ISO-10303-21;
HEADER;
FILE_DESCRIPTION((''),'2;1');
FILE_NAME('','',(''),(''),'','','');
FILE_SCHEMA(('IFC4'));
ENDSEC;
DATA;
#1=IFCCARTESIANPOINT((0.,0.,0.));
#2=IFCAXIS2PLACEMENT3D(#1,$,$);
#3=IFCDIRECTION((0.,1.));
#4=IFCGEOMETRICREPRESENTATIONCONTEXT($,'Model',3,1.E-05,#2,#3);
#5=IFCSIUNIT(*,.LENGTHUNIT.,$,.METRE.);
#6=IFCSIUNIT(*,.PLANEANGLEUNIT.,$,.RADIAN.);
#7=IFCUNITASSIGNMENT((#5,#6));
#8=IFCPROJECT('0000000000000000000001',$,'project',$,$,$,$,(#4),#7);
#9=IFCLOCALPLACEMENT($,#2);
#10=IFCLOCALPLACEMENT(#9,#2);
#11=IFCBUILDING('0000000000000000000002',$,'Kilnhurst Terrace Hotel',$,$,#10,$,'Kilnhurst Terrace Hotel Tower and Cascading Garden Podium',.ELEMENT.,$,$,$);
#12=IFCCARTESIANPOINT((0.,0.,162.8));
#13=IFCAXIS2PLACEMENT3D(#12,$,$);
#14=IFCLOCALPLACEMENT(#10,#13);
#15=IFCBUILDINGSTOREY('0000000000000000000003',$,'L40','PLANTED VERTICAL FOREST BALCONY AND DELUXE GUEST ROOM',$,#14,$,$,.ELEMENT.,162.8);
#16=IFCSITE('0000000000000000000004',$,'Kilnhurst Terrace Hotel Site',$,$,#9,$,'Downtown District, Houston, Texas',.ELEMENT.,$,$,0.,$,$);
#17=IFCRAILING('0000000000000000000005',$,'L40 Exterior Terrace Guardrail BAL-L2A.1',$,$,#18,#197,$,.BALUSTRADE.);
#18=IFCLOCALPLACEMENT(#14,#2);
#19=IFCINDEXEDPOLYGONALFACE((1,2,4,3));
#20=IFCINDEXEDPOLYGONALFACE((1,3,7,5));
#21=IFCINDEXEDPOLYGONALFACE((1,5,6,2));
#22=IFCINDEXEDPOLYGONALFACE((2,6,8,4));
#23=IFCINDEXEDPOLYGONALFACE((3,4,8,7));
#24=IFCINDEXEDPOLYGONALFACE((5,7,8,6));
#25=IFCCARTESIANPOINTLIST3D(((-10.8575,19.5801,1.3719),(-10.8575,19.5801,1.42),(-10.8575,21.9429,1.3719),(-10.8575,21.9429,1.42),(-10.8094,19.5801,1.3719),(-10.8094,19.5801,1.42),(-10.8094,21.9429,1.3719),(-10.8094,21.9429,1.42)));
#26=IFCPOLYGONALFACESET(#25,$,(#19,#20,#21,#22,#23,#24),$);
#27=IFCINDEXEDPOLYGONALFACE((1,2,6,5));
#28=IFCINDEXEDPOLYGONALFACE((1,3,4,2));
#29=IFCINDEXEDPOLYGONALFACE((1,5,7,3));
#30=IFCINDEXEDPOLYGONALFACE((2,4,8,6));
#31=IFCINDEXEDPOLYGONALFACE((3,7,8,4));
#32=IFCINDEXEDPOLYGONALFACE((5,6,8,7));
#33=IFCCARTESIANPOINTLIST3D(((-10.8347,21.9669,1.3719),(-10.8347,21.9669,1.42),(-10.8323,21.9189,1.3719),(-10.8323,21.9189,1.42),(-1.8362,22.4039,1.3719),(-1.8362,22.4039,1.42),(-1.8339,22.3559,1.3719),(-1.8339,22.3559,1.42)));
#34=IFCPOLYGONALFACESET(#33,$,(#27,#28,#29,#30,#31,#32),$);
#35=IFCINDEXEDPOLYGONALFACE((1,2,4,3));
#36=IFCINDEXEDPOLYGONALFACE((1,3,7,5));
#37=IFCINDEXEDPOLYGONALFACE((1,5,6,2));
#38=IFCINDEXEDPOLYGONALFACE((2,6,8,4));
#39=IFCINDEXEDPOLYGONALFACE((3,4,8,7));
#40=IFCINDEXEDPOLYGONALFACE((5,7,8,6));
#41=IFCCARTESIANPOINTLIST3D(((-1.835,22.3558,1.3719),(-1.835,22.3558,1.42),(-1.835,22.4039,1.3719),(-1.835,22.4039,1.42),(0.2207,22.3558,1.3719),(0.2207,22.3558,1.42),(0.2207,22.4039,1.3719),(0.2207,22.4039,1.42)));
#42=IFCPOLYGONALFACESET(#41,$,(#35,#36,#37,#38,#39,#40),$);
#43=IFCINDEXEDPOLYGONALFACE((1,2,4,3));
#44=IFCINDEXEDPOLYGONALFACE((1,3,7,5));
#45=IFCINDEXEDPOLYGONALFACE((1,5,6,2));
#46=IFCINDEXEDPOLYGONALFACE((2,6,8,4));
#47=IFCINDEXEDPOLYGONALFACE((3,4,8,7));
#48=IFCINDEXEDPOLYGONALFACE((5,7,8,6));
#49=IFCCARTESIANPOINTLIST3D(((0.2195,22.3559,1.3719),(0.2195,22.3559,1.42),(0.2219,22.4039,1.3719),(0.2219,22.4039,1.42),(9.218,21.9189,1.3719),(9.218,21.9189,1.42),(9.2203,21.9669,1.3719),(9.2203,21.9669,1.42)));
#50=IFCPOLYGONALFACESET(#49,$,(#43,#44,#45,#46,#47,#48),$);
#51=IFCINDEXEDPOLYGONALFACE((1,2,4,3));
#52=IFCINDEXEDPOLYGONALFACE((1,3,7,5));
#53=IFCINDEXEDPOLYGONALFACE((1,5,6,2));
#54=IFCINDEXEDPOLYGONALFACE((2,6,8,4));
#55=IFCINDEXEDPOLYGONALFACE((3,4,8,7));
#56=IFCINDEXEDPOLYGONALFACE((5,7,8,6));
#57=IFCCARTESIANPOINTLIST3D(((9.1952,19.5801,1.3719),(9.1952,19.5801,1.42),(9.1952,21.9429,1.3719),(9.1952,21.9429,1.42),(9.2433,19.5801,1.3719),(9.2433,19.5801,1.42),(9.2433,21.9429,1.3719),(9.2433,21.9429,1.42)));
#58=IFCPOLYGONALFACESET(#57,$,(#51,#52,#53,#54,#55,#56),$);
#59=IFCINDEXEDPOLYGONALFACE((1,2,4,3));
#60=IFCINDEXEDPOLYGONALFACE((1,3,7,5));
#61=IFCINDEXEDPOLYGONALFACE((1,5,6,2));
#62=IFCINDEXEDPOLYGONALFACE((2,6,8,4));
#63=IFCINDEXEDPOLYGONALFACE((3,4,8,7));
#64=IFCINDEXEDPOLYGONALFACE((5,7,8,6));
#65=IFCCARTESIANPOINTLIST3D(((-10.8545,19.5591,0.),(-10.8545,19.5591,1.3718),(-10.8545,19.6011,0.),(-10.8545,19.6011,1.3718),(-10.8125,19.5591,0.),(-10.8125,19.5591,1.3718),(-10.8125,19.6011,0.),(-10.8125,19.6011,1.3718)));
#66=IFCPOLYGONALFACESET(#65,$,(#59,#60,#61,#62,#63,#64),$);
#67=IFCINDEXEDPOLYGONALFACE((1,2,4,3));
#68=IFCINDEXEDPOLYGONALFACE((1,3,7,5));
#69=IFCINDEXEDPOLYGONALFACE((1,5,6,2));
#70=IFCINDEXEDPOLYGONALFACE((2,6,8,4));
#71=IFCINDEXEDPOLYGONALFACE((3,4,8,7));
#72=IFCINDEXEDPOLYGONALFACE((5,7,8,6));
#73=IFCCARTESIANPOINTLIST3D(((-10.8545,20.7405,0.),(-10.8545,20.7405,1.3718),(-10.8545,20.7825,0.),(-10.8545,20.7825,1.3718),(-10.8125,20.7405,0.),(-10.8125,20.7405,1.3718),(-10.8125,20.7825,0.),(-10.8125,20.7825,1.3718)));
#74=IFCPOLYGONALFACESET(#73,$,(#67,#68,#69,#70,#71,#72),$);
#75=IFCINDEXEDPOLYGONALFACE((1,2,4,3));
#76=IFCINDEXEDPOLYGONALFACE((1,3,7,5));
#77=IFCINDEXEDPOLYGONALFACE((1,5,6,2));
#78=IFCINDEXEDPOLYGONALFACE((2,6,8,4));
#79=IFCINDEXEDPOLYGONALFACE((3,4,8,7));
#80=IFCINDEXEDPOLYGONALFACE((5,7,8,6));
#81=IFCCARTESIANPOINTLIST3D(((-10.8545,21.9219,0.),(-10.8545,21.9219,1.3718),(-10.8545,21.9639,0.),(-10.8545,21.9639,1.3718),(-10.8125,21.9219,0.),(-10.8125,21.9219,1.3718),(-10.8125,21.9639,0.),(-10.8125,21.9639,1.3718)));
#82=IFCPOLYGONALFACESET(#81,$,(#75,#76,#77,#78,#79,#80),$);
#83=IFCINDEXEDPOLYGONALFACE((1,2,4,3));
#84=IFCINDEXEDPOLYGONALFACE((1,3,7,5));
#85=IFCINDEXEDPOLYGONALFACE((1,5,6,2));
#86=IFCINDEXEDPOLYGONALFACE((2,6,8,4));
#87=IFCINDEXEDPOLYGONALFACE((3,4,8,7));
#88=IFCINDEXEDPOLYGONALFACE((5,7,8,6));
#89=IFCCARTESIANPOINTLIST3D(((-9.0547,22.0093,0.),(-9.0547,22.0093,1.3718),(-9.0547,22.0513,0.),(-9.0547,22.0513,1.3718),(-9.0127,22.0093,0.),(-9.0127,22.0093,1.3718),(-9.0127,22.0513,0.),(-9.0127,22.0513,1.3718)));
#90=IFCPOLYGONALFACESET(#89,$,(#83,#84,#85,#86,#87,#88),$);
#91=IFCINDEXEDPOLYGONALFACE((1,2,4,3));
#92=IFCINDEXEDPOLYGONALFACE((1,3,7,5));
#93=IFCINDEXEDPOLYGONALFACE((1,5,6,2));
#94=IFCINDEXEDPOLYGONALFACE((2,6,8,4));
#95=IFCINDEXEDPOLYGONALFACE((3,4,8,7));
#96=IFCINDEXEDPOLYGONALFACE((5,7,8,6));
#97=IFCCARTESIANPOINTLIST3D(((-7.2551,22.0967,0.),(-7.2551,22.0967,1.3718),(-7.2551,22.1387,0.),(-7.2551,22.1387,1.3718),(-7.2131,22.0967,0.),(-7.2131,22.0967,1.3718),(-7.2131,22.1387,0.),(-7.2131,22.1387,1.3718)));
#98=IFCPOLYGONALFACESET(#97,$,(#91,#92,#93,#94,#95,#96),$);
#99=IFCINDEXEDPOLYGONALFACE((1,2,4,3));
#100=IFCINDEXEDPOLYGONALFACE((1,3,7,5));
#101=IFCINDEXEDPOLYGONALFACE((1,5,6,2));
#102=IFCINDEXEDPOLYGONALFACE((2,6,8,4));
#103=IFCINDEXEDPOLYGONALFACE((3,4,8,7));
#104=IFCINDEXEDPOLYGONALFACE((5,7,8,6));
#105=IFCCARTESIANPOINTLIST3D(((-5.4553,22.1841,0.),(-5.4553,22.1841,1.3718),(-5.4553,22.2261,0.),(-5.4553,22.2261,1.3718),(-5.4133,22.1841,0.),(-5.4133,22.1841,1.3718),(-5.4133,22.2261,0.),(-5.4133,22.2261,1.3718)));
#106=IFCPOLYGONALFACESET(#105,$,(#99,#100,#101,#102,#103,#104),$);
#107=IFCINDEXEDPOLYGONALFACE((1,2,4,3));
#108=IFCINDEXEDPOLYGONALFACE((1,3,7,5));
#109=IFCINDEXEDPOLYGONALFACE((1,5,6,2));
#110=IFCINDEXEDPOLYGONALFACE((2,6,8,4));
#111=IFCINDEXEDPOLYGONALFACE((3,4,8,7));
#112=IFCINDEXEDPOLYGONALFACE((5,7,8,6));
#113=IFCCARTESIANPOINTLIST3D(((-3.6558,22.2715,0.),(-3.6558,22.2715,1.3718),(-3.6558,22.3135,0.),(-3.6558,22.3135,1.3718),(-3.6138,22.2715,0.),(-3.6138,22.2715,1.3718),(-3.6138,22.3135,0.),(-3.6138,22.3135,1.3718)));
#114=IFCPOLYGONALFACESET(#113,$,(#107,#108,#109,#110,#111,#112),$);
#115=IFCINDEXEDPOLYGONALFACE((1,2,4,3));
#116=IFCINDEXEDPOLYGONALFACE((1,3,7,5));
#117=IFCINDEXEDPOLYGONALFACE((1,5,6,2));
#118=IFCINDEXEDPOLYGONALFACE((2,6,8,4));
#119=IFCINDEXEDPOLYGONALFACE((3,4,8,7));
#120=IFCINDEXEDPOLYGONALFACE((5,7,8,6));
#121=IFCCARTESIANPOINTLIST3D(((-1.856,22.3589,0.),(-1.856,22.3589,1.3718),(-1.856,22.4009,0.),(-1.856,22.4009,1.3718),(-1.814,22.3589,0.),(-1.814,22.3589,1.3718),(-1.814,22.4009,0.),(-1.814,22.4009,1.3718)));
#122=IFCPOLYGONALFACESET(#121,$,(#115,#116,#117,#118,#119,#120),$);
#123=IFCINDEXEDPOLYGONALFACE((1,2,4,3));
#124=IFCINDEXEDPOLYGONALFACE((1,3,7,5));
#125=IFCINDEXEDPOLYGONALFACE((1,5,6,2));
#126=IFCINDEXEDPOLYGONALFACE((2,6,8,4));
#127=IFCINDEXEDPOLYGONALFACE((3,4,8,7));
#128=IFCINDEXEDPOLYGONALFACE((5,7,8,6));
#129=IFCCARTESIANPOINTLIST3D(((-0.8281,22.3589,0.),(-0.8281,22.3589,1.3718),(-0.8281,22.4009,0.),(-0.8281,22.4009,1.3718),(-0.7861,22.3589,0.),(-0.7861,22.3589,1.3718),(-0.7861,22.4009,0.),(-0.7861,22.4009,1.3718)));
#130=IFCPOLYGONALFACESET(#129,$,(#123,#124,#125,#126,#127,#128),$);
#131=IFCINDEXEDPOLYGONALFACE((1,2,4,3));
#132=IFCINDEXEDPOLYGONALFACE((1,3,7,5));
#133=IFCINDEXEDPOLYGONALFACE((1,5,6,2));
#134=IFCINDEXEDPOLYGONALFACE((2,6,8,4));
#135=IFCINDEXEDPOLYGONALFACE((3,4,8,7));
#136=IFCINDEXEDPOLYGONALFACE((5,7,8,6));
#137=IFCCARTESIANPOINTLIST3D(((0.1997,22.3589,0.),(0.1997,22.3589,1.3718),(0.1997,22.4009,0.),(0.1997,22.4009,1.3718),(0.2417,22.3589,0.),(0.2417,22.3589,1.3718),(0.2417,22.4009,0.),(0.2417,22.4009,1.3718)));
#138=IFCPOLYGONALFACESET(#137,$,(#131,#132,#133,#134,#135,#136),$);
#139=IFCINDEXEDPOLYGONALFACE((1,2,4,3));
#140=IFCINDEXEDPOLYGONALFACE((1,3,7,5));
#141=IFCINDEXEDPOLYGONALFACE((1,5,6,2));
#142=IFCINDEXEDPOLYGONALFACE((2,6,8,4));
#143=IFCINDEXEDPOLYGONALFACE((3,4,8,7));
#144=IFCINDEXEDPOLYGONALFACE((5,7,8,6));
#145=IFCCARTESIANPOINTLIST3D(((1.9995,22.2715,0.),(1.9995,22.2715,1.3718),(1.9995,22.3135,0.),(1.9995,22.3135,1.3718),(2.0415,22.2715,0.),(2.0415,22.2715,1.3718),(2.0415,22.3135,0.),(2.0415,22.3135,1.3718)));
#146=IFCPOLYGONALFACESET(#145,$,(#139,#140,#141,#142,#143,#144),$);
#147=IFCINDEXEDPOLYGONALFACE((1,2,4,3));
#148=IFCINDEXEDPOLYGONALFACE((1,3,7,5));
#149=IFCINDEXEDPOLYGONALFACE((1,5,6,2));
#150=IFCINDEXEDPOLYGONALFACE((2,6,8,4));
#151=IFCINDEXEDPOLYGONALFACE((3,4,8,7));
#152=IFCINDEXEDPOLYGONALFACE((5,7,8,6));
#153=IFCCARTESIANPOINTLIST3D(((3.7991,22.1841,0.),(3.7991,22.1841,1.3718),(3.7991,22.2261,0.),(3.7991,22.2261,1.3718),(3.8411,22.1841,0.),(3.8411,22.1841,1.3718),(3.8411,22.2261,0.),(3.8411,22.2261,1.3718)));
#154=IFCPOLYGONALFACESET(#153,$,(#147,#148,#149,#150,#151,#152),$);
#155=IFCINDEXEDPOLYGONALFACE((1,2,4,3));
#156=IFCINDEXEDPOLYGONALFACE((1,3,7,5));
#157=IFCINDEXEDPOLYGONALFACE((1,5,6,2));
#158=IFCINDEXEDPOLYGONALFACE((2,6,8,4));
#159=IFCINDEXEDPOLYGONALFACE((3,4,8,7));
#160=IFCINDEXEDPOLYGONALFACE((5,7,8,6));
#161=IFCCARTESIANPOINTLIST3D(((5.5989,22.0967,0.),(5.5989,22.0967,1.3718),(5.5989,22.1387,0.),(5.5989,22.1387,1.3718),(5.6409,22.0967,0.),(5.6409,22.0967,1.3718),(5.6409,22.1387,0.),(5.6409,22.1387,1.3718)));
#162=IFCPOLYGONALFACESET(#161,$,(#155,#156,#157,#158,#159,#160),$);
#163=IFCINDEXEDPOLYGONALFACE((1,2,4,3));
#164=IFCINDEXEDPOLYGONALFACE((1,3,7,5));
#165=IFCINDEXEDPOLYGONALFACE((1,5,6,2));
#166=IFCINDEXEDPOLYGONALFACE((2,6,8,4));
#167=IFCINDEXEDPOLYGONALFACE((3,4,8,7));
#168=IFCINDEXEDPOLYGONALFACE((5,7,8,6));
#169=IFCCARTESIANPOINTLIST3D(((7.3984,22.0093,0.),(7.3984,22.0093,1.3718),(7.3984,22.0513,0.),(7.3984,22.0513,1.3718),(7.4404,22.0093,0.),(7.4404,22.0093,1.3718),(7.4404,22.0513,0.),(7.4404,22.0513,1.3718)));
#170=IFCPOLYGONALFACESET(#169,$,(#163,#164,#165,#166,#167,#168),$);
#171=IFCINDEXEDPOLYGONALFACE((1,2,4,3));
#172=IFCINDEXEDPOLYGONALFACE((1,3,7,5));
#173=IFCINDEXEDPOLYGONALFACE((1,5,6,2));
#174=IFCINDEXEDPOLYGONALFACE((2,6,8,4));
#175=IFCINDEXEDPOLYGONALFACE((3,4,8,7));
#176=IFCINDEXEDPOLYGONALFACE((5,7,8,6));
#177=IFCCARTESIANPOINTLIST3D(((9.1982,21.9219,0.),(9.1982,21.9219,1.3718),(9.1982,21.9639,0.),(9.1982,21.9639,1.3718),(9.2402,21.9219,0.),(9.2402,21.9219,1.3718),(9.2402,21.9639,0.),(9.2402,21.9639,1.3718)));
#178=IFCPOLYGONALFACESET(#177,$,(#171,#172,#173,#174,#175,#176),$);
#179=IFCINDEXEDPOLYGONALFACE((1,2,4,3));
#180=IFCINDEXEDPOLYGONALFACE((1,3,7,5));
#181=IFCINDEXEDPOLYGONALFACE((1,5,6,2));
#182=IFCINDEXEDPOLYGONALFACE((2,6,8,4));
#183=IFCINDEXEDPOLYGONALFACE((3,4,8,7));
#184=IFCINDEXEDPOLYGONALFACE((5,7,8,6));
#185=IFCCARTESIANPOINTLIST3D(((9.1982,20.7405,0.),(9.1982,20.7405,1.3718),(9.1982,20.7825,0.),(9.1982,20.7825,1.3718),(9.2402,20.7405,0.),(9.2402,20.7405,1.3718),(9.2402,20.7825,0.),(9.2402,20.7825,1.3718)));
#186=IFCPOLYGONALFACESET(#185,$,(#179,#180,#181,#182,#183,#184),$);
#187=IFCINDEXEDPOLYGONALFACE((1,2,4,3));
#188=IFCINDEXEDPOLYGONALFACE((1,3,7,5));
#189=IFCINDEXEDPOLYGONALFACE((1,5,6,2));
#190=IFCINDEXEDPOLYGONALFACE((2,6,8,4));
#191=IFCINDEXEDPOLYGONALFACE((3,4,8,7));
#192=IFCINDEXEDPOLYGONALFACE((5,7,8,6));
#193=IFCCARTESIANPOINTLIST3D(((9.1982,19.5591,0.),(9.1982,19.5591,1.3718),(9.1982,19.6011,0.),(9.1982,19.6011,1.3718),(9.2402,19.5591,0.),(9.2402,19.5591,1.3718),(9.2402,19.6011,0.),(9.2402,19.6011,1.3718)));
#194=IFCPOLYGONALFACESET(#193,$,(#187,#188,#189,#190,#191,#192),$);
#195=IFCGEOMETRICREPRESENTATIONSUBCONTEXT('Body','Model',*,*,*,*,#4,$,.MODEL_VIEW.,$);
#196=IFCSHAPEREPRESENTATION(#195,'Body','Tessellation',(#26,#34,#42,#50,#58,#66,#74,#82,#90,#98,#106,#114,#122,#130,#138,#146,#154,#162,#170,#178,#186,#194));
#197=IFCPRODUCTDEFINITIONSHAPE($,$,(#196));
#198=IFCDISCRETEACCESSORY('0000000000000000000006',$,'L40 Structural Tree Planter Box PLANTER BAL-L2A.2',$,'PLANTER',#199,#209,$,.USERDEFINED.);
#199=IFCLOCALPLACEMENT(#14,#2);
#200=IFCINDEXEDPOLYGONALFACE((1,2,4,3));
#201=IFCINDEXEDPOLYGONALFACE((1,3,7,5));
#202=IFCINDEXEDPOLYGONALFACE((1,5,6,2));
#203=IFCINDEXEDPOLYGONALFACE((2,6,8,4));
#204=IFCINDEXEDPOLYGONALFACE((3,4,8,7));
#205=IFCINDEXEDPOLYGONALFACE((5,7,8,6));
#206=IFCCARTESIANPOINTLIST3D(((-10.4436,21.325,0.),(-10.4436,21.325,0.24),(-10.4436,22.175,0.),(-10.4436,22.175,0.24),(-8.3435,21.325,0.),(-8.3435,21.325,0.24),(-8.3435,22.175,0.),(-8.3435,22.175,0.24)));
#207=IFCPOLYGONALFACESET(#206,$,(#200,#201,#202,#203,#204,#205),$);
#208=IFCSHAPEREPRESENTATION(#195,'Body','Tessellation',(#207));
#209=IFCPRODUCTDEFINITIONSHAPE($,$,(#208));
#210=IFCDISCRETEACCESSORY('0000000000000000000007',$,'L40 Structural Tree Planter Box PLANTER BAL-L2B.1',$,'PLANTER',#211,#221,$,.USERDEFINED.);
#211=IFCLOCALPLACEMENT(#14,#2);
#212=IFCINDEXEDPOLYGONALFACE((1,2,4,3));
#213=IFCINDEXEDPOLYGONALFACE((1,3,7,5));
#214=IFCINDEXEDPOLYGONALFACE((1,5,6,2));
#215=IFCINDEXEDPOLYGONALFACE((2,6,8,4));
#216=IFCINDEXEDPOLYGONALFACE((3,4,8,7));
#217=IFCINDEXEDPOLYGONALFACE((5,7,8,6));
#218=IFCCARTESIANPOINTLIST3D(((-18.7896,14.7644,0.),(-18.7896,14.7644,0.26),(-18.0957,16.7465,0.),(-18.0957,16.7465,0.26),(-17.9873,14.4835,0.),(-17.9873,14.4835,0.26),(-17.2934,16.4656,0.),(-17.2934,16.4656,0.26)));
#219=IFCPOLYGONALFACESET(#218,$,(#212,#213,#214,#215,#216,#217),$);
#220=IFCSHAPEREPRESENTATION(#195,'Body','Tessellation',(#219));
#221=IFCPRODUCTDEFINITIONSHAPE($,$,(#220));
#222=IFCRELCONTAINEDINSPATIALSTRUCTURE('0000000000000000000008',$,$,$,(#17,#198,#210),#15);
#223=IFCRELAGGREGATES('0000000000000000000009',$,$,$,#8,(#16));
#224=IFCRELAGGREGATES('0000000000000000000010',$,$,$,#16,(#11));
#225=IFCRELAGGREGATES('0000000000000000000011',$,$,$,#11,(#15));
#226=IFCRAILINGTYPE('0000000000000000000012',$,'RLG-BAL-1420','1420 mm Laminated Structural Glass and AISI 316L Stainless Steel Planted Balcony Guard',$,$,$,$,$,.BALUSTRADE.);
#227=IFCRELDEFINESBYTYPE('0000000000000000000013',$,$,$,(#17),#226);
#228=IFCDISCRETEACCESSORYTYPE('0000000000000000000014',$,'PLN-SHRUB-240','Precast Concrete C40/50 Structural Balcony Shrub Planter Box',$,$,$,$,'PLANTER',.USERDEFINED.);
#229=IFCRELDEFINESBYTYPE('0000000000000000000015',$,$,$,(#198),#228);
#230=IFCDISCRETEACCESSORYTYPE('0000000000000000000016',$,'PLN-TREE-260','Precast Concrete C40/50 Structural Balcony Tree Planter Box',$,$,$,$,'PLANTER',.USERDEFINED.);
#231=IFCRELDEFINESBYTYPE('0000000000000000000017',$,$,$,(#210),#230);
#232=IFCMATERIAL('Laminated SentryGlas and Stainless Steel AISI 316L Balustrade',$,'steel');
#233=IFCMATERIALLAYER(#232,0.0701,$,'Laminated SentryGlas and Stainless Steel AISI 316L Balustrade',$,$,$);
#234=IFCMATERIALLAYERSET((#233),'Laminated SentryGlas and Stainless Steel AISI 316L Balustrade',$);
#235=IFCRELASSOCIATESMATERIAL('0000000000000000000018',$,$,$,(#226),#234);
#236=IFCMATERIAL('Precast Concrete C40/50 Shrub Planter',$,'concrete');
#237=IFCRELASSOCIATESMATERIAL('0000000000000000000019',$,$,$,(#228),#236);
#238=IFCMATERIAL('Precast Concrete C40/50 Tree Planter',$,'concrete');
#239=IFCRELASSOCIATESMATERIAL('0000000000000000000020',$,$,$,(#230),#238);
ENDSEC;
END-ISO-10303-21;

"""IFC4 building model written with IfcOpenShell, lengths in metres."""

from ifc_helpers import new_model, si_unit, direction, frame, origin, origin_2d, place, context, subcontext, project, spatial, rectangle, extrude, material, layer, layer_set, type_object, element, save


model = new_model("IFC4")

# Units and contexts
model_context = context("Model", 3, precision=1e-05, world=origin(), true_north=direction((0.0, 1.0)))
body_context = subcontext(model_context, "Body", "Model", "MODEL_VIEW")
ifc_project = project(units=[si_unit("LENGTHUNIT", "METRE"), si_unit("PLANEANGLEUNIT", "RADIAN")], contexts=[model_context])

# Site, building, storey
site_placement = place(None, origin())
site = spatial("IfcSite", under=ifc_project, at=site_placement, Name="Kilnhurst Terrace Hotel Site", LongName="Downtown District, Houston, Texas", CompositionType="ELEMENT", RefElevation=0.0)
building_placement = place(site_placement, origin())
building = spatial("IfcBuilding", under=site, at=building_placement, Name="Kilnhurst Terrace Hotel", LongName="Kilnhurst Terrace Hotel Tower and Cascading Garden Podium", CompositionType="ELEMENT")
storey_placement = place(building_placement, frame((0.0, 0.0, 162.8)))
storey = spatial("IfcBuildingStorey", under=building, at=storey_placement, Name="L40", Description="PLANTED VERTICAL FOREST BALCONY AND DELUXE GUEST ROOM", CompositionType="ELEMENT", Elevation=162.8)

# Railing
ifc_material_1 = material(Name="Laminated SentryGlas and Stainless Steel AISI 316L Balustrade", Category="steel")
ifc_layer_1 = layer(ifc_material_1, 0.0701, Name="Laminated SentryGlas and Stainless Steel AISI 316L Balustrade")
ifc_layer_set_1 = layer_set([ifc_layer_1], Name="Laminated SentryGlas and Stainless Steel AISI 316L Balustrade")
railing_type = type_object("IfcRailingType", Name="RLG-BAL-1420", Description="1420 mm Laminated Structural Glass and AISI 316L Stainless Steel Planted Balcony Guard", PredefinedType="BALUSTRADE", material=ifc_layer_set_1)
railing_placement = place(storey_placement, frame((-10.8335, 19.5801, 0.0)))
element("IfcRailing", 1, at=railing_placement, inside=storey, type_object=railing_type, Name="L40 Exterior Terrace Guardrail BAL-L2A.1", PredefinedType="BALUSTRADE", context=body_context, shape_type="SweptSolid", body=[
    extrude(rectangle(XDim=0.0481, YDim=0.0481, at=origin_2d()), frame((0.0, 0.0, 1.396), z_axis=(0.0, 1.0, 0.0), x_axis=(-1.0, 0.0, 0.0)), (0.0, 0.0, 1.0), 2.3628),
    extrude(rectangle(XDim=0.0481, YDim=0.0481, at=origin_2d()), frame((0.0, 2.3628, 1.396), z_axis=(0.998823, 0.048508, 0.0), x_axis=(-0.048508, 0.998823, 0.0)), (0.0, 0.0, 1.0), 9.009),
    extrude(rectangle(XDim=0.0481, YDim=0.0481, at=origin_2d()), frame((8.9985, 2.7998, 1.396), z_axis=(1.0, 0.0, 0.0), x_axis=(0.0, 1.0, 0.0)), (0.0, 0.0, 1.0), 2.0557),
    extrude(rectangle(XDim=0.0481, YDim=0.0481, at=origin_2d()), frame((11.0542, 2.7998, 1.396), z_axis=(0.998823, -0.048508, 0.0), x_axis=(0.048508, 0.998823, 0.0)), (0.0, 0.0, 1.0), 9.009),
    extrude(rectangle(XDim=0.0481, YDim=0.0481, at=origin_2d()), frame((20.0527, 2.3628, 1.396), z_axis=(0.0, -1.0, 0.0), x_axis=(1.0, 0.0, 0.0)), (0.0, 0.0, 1.0), 2.3628),
    extrude(rectangle(XDim=0.042, YDim=0.042, at=origin_2d()), origin(), (0.0, 0.0, 1.0), 1.3718),
    extrude(rectangle(XDim=0.042, YDim=0.042, at=origin_2d()), frame((0.0, 1.1814, 0.0)), (0.0, 0.0, 1.0), 1.3718),
    extrude(rectangle(XDim=0.042, YDim=0.042, at=origin_2d()), frame((0.0, 2.3628, 0.0)), (0.0, 0.0, 1.0), 1.3718),
    extrude(rectangle(XDim=0.042, YDim=0.042, at=origin_2d()), frame((1.7998, 2.4502, 0.0)), (0.0, 0.0, 1.0), 1.3718),
    extrude(rectangle(XDim=0.042, YDim=0.042, at=origin_2d()), frame((3.5994, 2.5376, 0.0)), (0.0, 0.0, 1.0), 1.3718),
    extrude(rectangle(XDim=0.042, YDim=0.042, at=origin_2d()), frame((5.3992, 2.625, 0.0)), (0.0, 0.0, 1.0), 1.3718),
    extrude(rectangle(XDim=0.042, YDim=0.042, at=origin_2d()), frame((7.1987, 2.7124, 0.0)), (0.0, 0.0, 1.0), 1.3718),
    extrude(rectangle(XDim=0.042, YDim=0.042, at=origin_2d()), frame((8.9985, 2.7998, 0.0)), (0.0, 0.0, 1.0), 1.3718),
    extrude(rectangle(XDim=0.042, YDim=0.042, at=origin_2d()), frame((10.0264, 2.7998, 0.0)), (0.0, 0.0, 1.0), 1.3718),
    extrude(rectangle(XDim=0.042, YDim=0.042, at=origin_2d()), frame((11.0542, 2.7998, 0.0)), (0.0, 0.0, 1.0), 1.3718),
    extrude(rectangle(XDim=0.042, YDim=0.042, at=origin_2d()), frame((12.854, 2.7124, 0.0)), (0.0, 0.0, 1.0), 1.3718),
    extrude(rectangle(XDim=0.042, YDim=0.042, at=origin_2d()), frame((14.6536, 2.625, 0.0)), (0.0, 0.0, 1.0), 1.3718),
    extrude(rectangle(XDim=0.042, YDim=0.042, at=origin_2d()), frame((16.4534, 2.5376, 0.0)), (0.0, 0.0, 1.0), 1.3718),
    extrude(rectangle(XDim=0.042, YDim=0.042, at=origin_2d()), frame((18.2529, 2.4502, 0.0)), (0.0, 0.0, 1.0), 1.3718),
    extrude(rectangle(XDim=0.042, YDim=0.042, at=origin_2d()), frame((20.0527, 2.3628, 0.0)), (0.0, 0.0, 1.0), 1.3718),
    extrude(rectangle(XDim=0.042, YDim=0.042, at=origin_2d()), frame((20.0527, 1.1814, 0.0)), (0.0, 0.0, 1.0), 1.3718),
    extrude(rectangle(XDim=0.042, YDim=0.042, at=origin_2d()), frame((20.0527, 0.0, 0.0)), (0.0, 0.0, 1.0), 1.3718),
])

# Discrete accessories
ifc_material_2 = material(Name="Precast Concrete C40/50 Shrub Planter", Category="concrete")
discrete_accessory_type_1 = type_object("IfcDiscreteAccessoryType", Name="PLN-SHRUB-240", Description="Precast Concrete C40/50 Structural Balcony Shrub Planter Box", ElementType="PLANTER", PredefinedType="USERDEFINED", material=ifc_material_2)
discrete_accessory_1_placement = place(storey_placement, frame((-9.3936, 21.75, 0.0), z_axis=(0.0, 0.0, 1.0), x_axis=(-1.0, 0.0, 0.0)))
element("IfcDiscreteAccessory", 2, at=discrete_accessory_1_placement, inside=storey, type_object=discrete_accessory_type_1, Name="L40 Structural Tree Planter Box PLANTER BAL-L2A.2", ObjectType="PLANTER", PredefinedType="USERDEFINED", context=body_context, shape_type="SweptSolid", body=[
    extrude(rectangle(XDim=2.1001, YDim=0.8501, at=origin_2d()), origin(), (0.0, 0.0, 1.0), 0.24),
])
ifc_material_3 = material(Name="Precast Concrete C40/50 Tree Planter", Category="concrete")
discrete_accessory_type_2 = type_object("IfcDiscreteAccessoryType", Name="PLN-TREE-260", Description="Precast Concrete C40/50 Structural Balcony Tree Planter Box", ElementType="PLANTER", PredefinedType="USERDEFINED", material=ifc_material_3)
discrete_accessory_2_placement = place(storey_placement, frame((-18.0415, 15.615, 0.0), z_axis=(0.0, 0.0, 1.0), x_axis=(-0.330432, -0.94383, 0.0)))
element("IfcDiscreteAccessory", 3, at=discrete_accessory_2_placement, inside=storey, type_object=discrete_accessory_type_2, Name="L40 Structural Tree Planter Box PLANTER BAL-L2B.1", ObjectType="PLANTER", PredefinedType="USERDEFINED", context=body_context, shape_type="SweptSolid", body=[
    extrude(rectangle(XDim=2.1001, YDim=0.8501, at=origin_2d()), origin(), (0.0, 0.0, 1.0), 0.26),
])

save(model, "model.ifc")
